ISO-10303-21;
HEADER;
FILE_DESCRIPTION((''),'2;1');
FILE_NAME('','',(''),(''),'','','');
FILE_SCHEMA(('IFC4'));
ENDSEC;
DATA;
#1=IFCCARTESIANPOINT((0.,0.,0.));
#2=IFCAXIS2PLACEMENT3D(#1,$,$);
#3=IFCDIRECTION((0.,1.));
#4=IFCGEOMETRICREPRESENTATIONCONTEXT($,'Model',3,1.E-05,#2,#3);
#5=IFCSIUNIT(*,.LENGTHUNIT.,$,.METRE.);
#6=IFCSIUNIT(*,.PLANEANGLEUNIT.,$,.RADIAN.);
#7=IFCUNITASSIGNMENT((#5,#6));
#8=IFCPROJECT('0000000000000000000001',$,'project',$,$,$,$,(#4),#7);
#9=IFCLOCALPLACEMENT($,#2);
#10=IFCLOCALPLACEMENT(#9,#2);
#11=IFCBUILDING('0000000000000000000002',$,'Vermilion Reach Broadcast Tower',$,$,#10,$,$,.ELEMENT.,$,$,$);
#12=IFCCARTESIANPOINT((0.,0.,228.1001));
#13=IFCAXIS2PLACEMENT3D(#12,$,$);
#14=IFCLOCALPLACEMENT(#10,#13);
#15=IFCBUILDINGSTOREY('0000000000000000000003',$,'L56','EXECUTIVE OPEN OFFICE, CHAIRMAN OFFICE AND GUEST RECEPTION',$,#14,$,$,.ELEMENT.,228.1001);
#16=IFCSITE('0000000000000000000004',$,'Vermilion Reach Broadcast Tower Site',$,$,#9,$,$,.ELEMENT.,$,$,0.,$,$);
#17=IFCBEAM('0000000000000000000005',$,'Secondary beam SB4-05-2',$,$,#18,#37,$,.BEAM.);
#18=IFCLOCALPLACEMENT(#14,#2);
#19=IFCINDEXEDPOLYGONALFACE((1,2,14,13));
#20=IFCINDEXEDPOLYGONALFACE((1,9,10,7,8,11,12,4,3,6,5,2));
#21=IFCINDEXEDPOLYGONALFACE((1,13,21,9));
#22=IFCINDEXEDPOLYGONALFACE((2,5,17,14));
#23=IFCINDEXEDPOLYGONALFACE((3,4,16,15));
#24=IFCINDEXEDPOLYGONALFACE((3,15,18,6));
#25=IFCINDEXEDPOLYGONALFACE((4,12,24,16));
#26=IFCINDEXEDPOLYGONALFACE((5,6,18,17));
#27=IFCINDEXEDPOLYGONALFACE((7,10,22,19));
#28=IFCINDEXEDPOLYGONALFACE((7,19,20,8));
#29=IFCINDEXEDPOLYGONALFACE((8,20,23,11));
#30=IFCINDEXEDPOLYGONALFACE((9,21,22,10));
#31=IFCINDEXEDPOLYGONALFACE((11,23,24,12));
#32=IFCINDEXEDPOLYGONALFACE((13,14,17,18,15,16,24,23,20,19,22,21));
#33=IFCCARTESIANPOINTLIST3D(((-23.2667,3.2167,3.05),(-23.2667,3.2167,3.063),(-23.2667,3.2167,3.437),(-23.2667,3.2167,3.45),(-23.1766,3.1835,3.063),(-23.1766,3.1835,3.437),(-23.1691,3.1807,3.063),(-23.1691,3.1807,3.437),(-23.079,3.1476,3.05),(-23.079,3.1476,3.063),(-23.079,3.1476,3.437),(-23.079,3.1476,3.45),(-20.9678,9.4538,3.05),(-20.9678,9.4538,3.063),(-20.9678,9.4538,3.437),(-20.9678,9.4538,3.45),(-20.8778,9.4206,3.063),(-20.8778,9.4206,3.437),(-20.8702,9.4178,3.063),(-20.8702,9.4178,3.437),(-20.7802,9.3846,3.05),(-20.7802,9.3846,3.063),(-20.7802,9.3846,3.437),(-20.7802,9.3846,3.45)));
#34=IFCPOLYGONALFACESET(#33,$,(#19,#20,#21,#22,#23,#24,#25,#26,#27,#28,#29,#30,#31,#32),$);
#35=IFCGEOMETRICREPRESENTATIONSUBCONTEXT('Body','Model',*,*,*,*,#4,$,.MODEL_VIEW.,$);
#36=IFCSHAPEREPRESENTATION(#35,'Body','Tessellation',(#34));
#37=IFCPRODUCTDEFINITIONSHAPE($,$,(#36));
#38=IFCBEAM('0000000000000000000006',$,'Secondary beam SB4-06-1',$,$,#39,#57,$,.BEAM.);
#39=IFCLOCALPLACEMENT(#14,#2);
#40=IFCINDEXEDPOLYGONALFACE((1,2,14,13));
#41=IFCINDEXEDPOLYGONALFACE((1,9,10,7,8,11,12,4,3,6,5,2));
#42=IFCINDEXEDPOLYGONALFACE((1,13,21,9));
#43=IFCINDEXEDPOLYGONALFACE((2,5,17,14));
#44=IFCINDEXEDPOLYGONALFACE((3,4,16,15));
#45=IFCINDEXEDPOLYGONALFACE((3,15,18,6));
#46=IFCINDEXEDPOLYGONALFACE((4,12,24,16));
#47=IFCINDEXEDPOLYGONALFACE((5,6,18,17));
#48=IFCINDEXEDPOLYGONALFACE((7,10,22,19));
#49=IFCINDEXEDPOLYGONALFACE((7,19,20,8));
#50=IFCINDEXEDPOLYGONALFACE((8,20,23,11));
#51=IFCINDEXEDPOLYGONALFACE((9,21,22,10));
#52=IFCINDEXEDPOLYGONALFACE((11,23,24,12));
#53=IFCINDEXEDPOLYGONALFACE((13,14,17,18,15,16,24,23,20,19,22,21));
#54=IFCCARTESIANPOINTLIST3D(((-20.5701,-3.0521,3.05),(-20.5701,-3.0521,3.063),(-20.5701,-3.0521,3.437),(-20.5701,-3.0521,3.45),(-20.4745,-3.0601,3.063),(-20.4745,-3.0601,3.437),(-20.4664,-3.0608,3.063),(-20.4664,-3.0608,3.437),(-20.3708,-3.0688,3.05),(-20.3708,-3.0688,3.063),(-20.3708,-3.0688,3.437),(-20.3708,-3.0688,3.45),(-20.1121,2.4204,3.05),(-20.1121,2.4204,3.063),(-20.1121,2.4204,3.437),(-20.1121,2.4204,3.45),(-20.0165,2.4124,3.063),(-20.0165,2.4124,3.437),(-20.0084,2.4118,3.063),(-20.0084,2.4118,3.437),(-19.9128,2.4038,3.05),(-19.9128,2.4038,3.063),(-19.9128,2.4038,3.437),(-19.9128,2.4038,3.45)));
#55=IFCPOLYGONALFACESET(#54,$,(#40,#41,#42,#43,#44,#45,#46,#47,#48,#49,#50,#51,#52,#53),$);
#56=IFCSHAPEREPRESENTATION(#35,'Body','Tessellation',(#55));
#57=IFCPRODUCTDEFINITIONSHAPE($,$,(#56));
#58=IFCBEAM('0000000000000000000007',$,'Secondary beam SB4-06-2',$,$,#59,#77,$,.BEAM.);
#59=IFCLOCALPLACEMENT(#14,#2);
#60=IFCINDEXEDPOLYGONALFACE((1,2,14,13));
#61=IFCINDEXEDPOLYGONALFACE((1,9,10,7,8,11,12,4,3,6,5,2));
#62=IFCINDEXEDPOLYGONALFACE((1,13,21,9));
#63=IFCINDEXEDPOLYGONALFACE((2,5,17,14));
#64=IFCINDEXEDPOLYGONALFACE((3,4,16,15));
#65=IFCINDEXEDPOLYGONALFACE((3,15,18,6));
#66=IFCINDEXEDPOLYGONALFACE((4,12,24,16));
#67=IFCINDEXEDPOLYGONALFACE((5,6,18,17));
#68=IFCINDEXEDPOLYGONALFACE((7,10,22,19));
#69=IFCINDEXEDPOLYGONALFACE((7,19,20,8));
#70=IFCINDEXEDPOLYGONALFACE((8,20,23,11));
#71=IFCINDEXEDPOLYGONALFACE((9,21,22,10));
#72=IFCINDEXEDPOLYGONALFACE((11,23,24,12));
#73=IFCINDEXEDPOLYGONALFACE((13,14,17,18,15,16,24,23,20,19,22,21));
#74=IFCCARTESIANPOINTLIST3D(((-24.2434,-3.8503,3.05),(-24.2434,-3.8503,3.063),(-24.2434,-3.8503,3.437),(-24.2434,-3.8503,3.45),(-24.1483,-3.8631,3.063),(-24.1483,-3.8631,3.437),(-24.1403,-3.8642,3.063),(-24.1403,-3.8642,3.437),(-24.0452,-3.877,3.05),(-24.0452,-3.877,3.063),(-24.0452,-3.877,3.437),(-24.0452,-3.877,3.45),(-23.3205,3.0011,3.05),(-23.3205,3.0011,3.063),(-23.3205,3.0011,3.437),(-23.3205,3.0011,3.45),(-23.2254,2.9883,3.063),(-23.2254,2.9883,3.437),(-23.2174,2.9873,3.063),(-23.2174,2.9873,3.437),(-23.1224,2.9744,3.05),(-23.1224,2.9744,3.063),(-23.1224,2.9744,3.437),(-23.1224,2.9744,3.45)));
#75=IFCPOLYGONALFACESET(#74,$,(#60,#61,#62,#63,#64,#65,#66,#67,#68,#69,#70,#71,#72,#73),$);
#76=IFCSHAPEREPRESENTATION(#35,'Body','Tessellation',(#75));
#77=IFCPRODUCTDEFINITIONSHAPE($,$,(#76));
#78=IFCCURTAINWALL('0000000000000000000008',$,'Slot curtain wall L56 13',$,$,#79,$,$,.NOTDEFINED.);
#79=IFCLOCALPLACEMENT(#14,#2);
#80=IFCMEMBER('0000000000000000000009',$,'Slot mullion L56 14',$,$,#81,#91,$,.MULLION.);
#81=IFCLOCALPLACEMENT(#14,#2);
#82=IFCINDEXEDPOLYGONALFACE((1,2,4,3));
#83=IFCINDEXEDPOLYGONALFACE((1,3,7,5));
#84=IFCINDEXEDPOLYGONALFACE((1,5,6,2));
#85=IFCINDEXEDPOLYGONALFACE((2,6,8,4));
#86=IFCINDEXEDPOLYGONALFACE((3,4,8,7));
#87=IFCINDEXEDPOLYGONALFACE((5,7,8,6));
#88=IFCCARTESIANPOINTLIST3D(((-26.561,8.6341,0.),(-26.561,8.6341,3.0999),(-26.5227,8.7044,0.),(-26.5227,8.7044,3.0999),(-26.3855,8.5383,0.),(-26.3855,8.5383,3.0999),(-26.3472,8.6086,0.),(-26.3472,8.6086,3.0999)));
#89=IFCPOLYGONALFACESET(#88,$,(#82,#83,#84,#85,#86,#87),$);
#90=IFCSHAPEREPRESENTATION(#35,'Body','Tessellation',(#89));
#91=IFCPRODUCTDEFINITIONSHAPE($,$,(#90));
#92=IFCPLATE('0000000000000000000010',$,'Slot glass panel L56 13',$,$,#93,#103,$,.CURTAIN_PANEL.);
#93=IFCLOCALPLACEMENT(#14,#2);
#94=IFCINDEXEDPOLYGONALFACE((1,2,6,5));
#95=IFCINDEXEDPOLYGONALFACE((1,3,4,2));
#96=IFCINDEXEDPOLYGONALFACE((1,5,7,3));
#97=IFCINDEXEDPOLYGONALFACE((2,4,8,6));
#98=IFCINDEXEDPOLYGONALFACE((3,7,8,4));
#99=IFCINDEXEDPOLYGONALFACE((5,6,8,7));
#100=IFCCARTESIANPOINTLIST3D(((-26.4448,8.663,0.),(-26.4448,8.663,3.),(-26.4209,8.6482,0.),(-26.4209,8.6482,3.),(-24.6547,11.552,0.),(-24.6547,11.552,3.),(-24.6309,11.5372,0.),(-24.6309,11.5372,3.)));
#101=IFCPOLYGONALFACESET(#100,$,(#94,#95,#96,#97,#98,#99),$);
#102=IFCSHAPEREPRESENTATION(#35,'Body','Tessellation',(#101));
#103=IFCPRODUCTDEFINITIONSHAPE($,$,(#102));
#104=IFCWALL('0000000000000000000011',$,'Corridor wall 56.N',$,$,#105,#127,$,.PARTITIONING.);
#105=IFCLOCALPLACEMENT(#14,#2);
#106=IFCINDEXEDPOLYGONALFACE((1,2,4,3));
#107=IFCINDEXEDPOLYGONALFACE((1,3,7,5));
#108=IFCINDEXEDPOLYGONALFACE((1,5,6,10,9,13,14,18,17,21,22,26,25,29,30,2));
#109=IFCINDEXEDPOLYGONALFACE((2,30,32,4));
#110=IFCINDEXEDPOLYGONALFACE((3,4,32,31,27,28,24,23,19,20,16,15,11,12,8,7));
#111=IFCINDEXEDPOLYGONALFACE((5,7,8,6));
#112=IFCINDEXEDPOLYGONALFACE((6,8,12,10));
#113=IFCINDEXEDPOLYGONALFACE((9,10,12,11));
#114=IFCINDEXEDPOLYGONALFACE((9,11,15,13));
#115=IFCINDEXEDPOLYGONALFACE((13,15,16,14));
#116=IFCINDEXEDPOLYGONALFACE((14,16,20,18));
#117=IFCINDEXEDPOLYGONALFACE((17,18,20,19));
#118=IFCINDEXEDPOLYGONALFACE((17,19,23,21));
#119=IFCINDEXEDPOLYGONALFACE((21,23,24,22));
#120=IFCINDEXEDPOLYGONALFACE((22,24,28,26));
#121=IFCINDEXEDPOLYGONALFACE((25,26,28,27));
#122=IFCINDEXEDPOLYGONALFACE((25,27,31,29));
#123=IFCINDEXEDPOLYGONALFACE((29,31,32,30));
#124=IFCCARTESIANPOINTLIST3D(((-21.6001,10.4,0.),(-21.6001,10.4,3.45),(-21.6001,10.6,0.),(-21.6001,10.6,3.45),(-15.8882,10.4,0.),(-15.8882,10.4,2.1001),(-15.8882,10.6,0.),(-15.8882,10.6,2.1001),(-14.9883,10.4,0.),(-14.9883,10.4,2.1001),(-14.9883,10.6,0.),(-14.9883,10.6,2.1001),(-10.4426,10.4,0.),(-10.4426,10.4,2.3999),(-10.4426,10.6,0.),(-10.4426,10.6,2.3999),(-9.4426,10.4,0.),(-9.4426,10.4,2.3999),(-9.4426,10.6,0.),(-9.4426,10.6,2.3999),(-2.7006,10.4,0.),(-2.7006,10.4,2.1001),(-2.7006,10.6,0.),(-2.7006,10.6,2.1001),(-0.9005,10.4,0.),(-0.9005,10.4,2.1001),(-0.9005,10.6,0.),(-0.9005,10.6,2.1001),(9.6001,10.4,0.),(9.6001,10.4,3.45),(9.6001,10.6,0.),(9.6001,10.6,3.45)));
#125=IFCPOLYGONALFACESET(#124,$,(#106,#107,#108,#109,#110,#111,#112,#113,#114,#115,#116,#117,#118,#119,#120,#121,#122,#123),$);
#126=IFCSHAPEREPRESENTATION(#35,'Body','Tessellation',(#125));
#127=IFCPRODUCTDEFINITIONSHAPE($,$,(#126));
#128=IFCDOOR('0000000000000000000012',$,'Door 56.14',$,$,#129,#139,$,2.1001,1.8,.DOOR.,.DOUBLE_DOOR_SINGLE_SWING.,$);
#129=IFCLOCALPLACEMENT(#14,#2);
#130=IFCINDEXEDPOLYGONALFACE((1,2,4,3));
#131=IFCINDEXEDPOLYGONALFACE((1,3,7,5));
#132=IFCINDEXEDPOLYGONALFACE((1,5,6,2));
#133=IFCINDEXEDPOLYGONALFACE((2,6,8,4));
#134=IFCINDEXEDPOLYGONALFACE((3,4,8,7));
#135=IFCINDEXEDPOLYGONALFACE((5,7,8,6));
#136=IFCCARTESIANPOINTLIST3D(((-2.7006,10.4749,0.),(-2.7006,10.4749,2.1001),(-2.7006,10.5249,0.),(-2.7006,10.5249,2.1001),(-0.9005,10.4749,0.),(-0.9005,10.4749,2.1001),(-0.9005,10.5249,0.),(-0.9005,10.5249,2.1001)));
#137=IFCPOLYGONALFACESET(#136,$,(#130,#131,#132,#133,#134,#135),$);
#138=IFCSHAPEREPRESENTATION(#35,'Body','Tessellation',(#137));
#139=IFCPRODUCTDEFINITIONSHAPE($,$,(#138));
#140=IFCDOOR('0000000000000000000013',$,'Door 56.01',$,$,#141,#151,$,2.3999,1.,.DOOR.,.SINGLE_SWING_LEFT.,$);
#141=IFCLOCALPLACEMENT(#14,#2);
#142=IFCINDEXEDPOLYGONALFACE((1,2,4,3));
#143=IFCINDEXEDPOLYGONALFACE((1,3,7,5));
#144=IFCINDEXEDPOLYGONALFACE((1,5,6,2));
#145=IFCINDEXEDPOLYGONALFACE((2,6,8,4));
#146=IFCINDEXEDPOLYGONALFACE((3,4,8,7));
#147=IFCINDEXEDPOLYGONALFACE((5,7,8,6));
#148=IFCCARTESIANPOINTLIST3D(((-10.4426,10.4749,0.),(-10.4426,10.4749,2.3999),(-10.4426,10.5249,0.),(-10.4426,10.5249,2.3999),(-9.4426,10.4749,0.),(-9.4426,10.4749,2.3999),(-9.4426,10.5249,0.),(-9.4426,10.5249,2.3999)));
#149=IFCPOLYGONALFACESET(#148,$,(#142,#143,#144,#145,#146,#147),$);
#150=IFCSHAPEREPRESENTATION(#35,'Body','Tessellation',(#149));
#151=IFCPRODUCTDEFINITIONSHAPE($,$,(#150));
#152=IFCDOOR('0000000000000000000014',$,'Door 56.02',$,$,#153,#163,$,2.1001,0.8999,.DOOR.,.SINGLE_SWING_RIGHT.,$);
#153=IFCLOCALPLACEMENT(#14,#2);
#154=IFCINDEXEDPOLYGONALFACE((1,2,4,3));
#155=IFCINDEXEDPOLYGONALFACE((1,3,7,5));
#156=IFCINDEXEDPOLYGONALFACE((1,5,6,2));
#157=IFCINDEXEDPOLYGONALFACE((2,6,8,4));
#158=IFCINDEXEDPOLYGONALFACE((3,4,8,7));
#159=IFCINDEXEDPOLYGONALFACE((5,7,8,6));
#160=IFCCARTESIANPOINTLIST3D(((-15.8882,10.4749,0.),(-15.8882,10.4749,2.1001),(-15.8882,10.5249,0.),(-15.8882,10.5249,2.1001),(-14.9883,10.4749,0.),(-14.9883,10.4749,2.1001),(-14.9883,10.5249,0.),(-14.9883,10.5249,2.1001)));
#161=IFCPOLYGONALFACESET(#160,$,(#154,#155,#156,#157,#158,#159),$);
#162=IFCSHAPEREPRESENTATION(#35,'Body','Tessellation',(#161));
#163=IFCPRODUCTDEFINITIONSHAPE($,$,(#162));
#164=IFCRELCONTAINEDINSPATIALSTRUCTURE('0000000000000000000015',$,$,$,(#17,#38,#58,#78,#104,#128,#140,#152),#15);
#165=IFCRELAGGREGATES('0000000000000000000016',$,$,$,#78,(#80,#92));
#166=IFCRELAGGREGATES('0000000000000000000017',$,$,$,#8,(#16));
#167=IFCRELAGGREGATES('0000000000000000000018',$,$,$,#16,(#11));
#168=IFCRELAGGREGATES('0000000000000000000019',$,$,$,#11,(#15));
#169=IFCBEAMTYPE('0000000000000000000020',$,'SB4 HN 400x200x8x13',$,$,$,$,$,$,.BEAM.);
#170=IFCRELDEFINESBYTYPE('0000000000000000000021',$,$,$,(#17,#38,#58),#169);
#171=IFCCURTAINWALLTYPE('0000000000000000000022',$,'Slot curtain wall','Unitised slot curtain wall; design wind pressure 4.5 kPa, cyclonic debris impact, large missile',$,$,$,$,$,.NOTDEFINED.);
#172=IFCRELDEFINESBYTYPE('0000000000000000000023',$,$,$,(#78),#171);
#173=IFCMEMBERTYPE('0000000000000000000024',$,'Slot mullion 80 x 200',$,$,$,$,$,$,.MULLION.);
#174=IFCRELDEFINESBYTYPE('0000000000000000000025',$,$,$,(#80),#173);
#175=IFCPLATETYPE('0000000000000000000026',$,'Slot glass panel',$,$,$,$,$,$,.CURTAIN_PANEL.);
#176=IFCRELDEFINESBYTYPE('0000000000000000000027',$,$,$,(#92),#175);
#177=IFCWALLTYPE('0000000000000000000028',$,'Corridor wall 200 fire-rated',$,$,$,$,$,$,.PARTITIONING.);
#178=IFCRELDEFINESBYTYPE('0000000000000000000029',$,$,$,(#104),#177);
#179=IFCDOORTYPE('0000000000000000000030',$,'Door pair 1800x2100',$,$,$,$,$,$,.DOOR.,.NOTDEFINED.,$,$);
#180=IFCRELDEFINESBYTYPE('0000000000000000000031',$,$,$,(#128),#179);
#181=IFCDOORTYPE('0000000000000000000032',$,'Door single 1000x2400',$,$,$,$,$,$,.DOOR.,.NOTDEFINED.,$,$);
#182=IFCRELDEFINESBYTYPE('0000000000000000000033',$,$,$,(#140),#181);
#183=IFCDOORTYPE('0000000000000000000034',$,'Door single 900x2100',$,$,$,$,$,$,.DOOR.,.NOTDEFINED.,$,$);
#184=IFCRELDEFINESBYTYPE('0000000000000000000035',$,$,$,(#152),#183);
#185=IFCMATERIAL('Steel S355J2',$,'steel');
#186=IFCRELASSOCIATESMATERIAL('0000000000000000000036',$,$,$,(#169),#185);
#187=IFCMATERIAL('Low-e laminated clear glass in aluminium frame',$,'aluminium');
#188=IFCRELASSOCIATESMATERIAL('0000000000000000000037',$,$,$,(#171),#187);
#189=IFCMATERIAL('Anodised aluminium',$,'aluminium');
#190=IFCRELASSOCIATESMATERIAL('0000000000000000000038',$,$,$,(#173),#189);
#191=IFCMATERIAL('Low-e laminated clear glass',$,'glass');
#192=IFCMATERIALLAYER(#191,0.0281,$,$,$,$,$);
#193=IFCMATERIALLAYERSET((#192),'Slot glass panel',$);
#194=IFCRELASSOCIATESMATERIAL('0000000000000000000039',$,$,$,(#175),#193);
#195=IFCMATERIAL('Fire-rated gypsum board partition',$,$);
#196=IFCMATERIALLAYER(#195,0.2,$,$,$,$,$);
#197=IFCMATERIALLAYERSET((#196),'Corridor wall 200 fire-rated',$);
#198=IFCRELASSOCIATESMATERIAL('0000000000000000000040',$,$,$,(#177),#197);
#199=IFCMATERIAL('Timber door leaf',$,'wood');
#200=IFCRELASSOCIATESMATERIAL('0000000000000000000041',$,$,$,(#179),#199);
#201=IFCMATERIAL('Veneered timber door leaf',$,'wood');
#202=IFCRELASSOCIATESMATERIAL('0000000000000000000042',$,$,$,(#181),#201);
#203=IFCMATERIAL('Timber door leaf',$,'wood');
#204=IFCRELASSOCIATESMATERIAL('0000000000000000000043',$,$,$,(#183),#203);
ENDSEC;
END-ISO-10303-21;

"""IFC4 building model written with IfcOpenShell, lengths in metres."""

from ifc_helpers import new_model, si_unit, direction, frame, frame_2d, origin, origin_2d, place, context, subcontext, project, spatial, rectangle, i_section, extrude, material, layer, layer_set, material_profile, profile_set, type_object, element, fill, aggregate, save


model = new_model("IFC4")

# Units and contexts
model_context = context("Model", 3, precision=1e-05, world=origin(), true_north=direction((0.0, 1.0)))
body_context = subcontext(model_context, "Body", "Model", "MODEL_VIEW")
ifc_project = project(units=[si_unit("LENGTHUNIT", "METRE"), si_unit("PLANEANGLEUNIT", "RADIAN")], contexts=[model_context])

# Site, building, storey
site_placement = place(None, origin())
site = spatial("IfcSite", under=ifc_project, at=site_placement, Name="Vermilion Reach Broadcast Tower Site", CompositionType="ELEMENT", RefElevation=0.0)
building_placement = place(site_placement, origin())
building = spatial("IfcBuilding", under=site, at=building_placement, Name="Vermilion Reach Broadcast Tower", CompositionType="ELEMENT")
storey_placement = place(building_placement, frame((0.0, 0.0, 228.1001)))
storey = spatial("IfcBuildingStorey", under=building, at=storey_placement, Name="L56", Description="EXECUTIVE OPEN OFFICE, CHAIRMAN OFFICE AND GUEST RECEPTION", CompositionType="ELEMENT", Elevation=228.1001)

# Beams
ifc_material_1 = material(Name="Steel S355J2", Category="steel")
ifc_material_profile_1 = material_profile(ifc_material_1, i_section(OverallWidth=0.2, OverallDepth=0.3999, WebThickness=0.0081, FlangeThickness=0.0129, at=origin_2d()), Name="S355J2 HN 400x200x8x13")
ifc_profile_set_1 = profile_set([ifc_material_profile_1], Name="Steel S355J2")
beam_type_1 = type_object("IfcBeamType", Name="SB4 HN 400x200x8x13", PredefinedType="BEAM", material=ifc_profile_set_1)
beam_1_placement = place(storey_placement, frame((-20.874, 9.4192, 3.25), z_axis=(-0.345833, -0.938296, 0.0), x_axis=(0.938296, -0.345833, 0.0)))
element("IfcBeam", 1, at=beam_1_placement, inside=storey, type_object=beam_type_1, Name="Secondary beam SB4-05-2", PredefinedType="BEAM", context=body_context, shape_type="SweptSolid", body=[
    extrude(i_section(OverallWidth=0.2, OverallDepth=0.3999, WebThickness=0.0081, FlangeThickness=0.0129, at=origin_2d()), origin(), (0.0, 0.0, 1.0), 6.6472),
])
beam_2_placement = place(storey_placement, frame((-20.0125, 2.4121, 3.25), z_axis=(-0.083399, -0.996516, 0.0), x_axis=(0.996516, -0.083399, 0.0)))
element("IfcBeam", 2, at=beam_2_placement, inside=storey, type_object=beam_type_1, Name="Secondary beam SB4-06-1", PredefinedType="BEAM", context=body_context, shape_type="SweptSolid", body=[
    extrude(i_section(OverallWidth=0.2, OverallDepth=0.3999, WebThickness=0.0081, FlangeThickness=0.0129, at=origin_2d()), origin(), (0.0, 0.0, 1.0), 5.4917),
])
beam_3_placement = place(storey_placement, frame((-23.2214, 2.9878, 3.25), z_axis=(-0.133487, -0.991051, 0.0), x_axis=(0.991051, -0.133487, 0.0)))
element("IfcBeam", 3, at=beam_3_placement, inside=storey, type_object=beam_type_1, Name="Secondary beam SB4-06-2", PredefinedType="BEAM", context=body_context, shape_type="SweptSolid", body=[
    extrude(i_section(OverallWidth=0.2, OverallDepth=0.3999, WebThickness=0.0081, FlangeThickness=0.0129, at=origin_2d()), origin(), (0.0, 0.0, 1.0), 6.9133),
])

# Curtain wall, member, plate
ifc_material_2 = material(Name="Low-e laminated clear glass in aluminium frame", Category="aluminium")
curtain_wall_type = type_object("IfcCurtainWallType", Name="Slot curtain wall", Description="Unitised slot curtain wall; design wind pressure 4.5 kPa, cyclonic debris impact, large missile", PredefinedType="NOTDEFINED", material=ifc_material_2)
curtain_wall_placement = place(storey_placement, origin())
curtain_wall = element("IfcCurtainWall", 4, at=curtain_wall_placement, inside=storey, type_object=curtain_wall_type, Name="Slot curtain wall L56 13", PredefinedType="NOTDEFINED")
ifc_material_3 = material(Name="Anodised aluminium", Category="aluminium")
ifc_material_profile_2 = material_profile(ifc_material_3, rectangle(XDim=0.2, YDim=0.0801, at=origin_2d()), Name="Slot mullion 80 x 200")
ifc_profile_set_2 = profile_set([ifc_material_profile_2], Name="Anodised aluminium")
member_type = type_object("IfcMemberType", Name="Slot mullion 80 x 200", PredefinedType="MULLION", material=ifc_profile_set_2)
member_placement = place(storey_placement, frame((-26.4541, 8.6213, 0.0), z_axis=(0.0, 0.0, 1.0), x_axis=(0.877657, -0.47929, 0.0)))
member = element("IfcMember", 5, at=member_placement, type_object=member_type, Name="Slot mullion L56 14", PredefinedType="MULLION", context=body_context, shape_type="SweptSolid", body=[
    extrude(rectangle(XDim=0.2, YDim=0.0801, at=origin_2d()), origin(), (0.0, 0.0, 1.0), 3.0999),
])
ifc_material_4 = material(Name="Low-e laminated clear glass", Category="glass")
ifc_layer_1 = layer(ifc_material_4, 0.0281)
ifc_layer_set_1 = layer_set([ifc_layer_1], Name="Slot glass panel")
plate_type = type_object("IfcPlateType", Name="Slot glass panel", PredefinedType="CURTAIN_PANEL", material=ifc_layer_set_1)
plate_placement = place(storey_placement, frame((-25.5378, 10.1001, 0.0), z_axis=(0.0, 0.0, 1.0), x_axis=(-0.526696, -0.850054, 0.0)))
plate = element("IfcPlate", 6, at=plate_placement, type_object=plate_type, Name="Slot glass panel L56 13", PredefinedType="CURTAIN_PANEL", context=body_context, shape_type="SweptSolid", body=[
    extrude(rectangle(XDim=3.3987, YDim=0.0281, at=origin_2d()), origin(), (0.0, 0.0, 1.0), 3.0),
])
aggregate(curtain_wall, [member, plate])

# Wall, openings, doors
ifc_material_5 = material(Name="Fire-rated gypsum board partition")
ifc_layer_2 = layer(ifc_material_5, 0.2)
ifc_layer_set_2 = layer_set([ifc_layer_2], Name="Corridor wall 200 fire-rated")
wall_type_1 = type_object("IfcWallType", Name="Corridor wall 200 fire-rated", PredefinedType="PARTITIONING", material=ifc_layer_set_2)
wall_1_placement = place(storey_placement, frame((-21.6001, 10.5, 0.0), z_axis=(0.0, 0.0, 1.0), x_axis=(1.0, 0.0, 0.0)))
wall_1 = element("IfcWall", 7, at=wall_1_placement, inside=storey, type_object=wall_type_1, Name="Corridor wall 56.N", PredefinedType="PARTITIONING", context=body_context, shape_type="SweptSolid", body=[
    extrude(rectangle(XDim=31.2002, YDim=0.2, at=frame_2d((15.6001, 0.0))), origin(), (0.0, 0.0, 1.0), 3.45),
])
opening_1_placement = place(wall_1_placement, frame((11.1575, 0.0, 0.0)))
opening_1 = element("IfcOpeningElement", 8, at=opening_1_placement, cuts=wall_1, PredefinedType="OPENING", context=body_context, shape_type="SweptSolid", body=[
    extrude(rectangle(XDim=1.0, YDim=2.3999, at=frame_2d((0.5, 1.2))), frame((0.0, 0.1099, 0.0), z_axis=(0.0, -1.0, 0.0), x_axis=(1.0, 0.0, 0.0)), (0.0, 0.0, 1.0), 0.22),
])
opening_2_placement = place(wall_1_placement, frame((5.7119, 0.0, 0.0)))
opening_2 = element("IfcOpeningElement", 9, at=opening_2_placement, cuts=wall_1, PredefinedType="OPENING", context=body_context, shape_type="SweptSolid", body=[
    extrude(rectangle(XDim=0.8999, YDim=2.1001, at=frame_2d((0.45, 1.05))), frame((0.0, 0.1099, 0.0), z_axis=(0.0, -1.0, 0.0), x_axis=(1.0, 0.0, 0.0)), (0.0, 0.0, 1.0), 0.22),
])
opening_3_placement = place(wall_1_placement, frame((18.8997, 0.0, 0.0)))
opening_3 = element("IfcOpeningElement", 10, at=opening_3_placement, cuts=wall_1, PredefinedType="OPENING", context=body_context, shape_type="SweptSolid", body=[
    extrude(rectangle(XDim=1.8, YDim=2.1001, at=frame_2d((0.8999, 1.05))), frame((0.0, 0.1099, 0.0), z_axis=(0.0, -1.0, 0.0), x_axis=(1.0, 0.0, 0.0)), (0.0, 0.0, 1.0), 0.22),
])
ifc_material_6 = material(Name="Timber door leaf", Category="wood")
door_type_1 = type_object("IfcDoorType", Name="Door pair 1800x2100", OperationType="NOTDEFINED", PredefinedType="DOOR", material=ifc_material_6)
door_1_placement = place(opening_3_placement, origin())
door_1 = element("IfcDoor", 11, at=door_1_placement, inside=storey, type_object=door_type_1, Name="Door 56.14", OperationType="DOUBLE_DOOR_SINGLE_SWING", OverallHeight=2.1001, OverallWidth=1.8, PredefinedType="DOOR", context=body_context, shape_type="SweptSolid", body=[
    extrude(rectangle(XDim=1.8, YDim=2.1001, at=frame_2d((0.8999, 1.05))), frame((0.0, 0.0249, 0.0), z_axis=(0.0, -1.0, 0.0), x_axis=(1.0, 0.0, 0.0)), (0.0, 0.0, 1.0), 0.05),
])
fill(opening_3, door_1)
ifc_material_7 = material(Name="Veneered timber door leaf", Category="wood")
door_type_2 = type_object("IfcDoorType", Name="Door single 1000x2400", OperationType="NOTDEFINED", PredefinedType="DOOR", material=ifc_material_7)
door_2_placement = place(opening_1_placement, origin())
door_2 = element("IfcDoor", 12, at=door_2_placement, inside=storey, type_object=door_type_2, Name="Door 56.01", OperationType="SINGLE_SWING_LEFT", OverallHeight=2.3999, OverallWidth=1.0, PredefinedType="DOOR", context=body_context, shape_type="SweptSolid", body=[
    extrude(rectangle(XDim=1.0, YDim=2.3999, at=frame_2d((0.5, 1.2))), frame((0.0, 0.0249, 0.0), z_axis=(0.0, -1.0, 0.0), x_axis=(1.0, 0.0, 0.0)), (0.0, 0.0, 1.0), 0.05),
])
fill(opening_1, door_2)
ifc_material_8 = material(Name="Timber door leaf", Category="wood")
door_type_3 = type_object("IfcDoorType", Name="Door single 900x2100", OperationType="NOTDEFINED", PredefinedType="DOOR", material=ifc_material_8)
door_3_placement = place(opening_2_placement, origin())
door_3 = element("IfcDoor", 13, at=door_3_placement, inside=storey, type_object=door_type_3, Name="Door 56.02", OperationType="SINGLE_SWING_RIGHT", OverallHeight=2.1001, OverallWidth=0.8999, PredefinedType="DOOR", context=body_context, shape_type="SweptSolid", body=[
    extrude(rectangle(XDim=0.8999, YDim=2.1001, at=frame_2d((0.45, 1.05))), frame((0.0, 0.0249, 0.0), z_axis=(0.0, -1.0, 0.0), x_axis=(1.0, 0.0, 0.0)), (0.0, 0.0, 1.0), 0.05),
])
fill(opening_2, door_3)

save(model, "model.ifc")
